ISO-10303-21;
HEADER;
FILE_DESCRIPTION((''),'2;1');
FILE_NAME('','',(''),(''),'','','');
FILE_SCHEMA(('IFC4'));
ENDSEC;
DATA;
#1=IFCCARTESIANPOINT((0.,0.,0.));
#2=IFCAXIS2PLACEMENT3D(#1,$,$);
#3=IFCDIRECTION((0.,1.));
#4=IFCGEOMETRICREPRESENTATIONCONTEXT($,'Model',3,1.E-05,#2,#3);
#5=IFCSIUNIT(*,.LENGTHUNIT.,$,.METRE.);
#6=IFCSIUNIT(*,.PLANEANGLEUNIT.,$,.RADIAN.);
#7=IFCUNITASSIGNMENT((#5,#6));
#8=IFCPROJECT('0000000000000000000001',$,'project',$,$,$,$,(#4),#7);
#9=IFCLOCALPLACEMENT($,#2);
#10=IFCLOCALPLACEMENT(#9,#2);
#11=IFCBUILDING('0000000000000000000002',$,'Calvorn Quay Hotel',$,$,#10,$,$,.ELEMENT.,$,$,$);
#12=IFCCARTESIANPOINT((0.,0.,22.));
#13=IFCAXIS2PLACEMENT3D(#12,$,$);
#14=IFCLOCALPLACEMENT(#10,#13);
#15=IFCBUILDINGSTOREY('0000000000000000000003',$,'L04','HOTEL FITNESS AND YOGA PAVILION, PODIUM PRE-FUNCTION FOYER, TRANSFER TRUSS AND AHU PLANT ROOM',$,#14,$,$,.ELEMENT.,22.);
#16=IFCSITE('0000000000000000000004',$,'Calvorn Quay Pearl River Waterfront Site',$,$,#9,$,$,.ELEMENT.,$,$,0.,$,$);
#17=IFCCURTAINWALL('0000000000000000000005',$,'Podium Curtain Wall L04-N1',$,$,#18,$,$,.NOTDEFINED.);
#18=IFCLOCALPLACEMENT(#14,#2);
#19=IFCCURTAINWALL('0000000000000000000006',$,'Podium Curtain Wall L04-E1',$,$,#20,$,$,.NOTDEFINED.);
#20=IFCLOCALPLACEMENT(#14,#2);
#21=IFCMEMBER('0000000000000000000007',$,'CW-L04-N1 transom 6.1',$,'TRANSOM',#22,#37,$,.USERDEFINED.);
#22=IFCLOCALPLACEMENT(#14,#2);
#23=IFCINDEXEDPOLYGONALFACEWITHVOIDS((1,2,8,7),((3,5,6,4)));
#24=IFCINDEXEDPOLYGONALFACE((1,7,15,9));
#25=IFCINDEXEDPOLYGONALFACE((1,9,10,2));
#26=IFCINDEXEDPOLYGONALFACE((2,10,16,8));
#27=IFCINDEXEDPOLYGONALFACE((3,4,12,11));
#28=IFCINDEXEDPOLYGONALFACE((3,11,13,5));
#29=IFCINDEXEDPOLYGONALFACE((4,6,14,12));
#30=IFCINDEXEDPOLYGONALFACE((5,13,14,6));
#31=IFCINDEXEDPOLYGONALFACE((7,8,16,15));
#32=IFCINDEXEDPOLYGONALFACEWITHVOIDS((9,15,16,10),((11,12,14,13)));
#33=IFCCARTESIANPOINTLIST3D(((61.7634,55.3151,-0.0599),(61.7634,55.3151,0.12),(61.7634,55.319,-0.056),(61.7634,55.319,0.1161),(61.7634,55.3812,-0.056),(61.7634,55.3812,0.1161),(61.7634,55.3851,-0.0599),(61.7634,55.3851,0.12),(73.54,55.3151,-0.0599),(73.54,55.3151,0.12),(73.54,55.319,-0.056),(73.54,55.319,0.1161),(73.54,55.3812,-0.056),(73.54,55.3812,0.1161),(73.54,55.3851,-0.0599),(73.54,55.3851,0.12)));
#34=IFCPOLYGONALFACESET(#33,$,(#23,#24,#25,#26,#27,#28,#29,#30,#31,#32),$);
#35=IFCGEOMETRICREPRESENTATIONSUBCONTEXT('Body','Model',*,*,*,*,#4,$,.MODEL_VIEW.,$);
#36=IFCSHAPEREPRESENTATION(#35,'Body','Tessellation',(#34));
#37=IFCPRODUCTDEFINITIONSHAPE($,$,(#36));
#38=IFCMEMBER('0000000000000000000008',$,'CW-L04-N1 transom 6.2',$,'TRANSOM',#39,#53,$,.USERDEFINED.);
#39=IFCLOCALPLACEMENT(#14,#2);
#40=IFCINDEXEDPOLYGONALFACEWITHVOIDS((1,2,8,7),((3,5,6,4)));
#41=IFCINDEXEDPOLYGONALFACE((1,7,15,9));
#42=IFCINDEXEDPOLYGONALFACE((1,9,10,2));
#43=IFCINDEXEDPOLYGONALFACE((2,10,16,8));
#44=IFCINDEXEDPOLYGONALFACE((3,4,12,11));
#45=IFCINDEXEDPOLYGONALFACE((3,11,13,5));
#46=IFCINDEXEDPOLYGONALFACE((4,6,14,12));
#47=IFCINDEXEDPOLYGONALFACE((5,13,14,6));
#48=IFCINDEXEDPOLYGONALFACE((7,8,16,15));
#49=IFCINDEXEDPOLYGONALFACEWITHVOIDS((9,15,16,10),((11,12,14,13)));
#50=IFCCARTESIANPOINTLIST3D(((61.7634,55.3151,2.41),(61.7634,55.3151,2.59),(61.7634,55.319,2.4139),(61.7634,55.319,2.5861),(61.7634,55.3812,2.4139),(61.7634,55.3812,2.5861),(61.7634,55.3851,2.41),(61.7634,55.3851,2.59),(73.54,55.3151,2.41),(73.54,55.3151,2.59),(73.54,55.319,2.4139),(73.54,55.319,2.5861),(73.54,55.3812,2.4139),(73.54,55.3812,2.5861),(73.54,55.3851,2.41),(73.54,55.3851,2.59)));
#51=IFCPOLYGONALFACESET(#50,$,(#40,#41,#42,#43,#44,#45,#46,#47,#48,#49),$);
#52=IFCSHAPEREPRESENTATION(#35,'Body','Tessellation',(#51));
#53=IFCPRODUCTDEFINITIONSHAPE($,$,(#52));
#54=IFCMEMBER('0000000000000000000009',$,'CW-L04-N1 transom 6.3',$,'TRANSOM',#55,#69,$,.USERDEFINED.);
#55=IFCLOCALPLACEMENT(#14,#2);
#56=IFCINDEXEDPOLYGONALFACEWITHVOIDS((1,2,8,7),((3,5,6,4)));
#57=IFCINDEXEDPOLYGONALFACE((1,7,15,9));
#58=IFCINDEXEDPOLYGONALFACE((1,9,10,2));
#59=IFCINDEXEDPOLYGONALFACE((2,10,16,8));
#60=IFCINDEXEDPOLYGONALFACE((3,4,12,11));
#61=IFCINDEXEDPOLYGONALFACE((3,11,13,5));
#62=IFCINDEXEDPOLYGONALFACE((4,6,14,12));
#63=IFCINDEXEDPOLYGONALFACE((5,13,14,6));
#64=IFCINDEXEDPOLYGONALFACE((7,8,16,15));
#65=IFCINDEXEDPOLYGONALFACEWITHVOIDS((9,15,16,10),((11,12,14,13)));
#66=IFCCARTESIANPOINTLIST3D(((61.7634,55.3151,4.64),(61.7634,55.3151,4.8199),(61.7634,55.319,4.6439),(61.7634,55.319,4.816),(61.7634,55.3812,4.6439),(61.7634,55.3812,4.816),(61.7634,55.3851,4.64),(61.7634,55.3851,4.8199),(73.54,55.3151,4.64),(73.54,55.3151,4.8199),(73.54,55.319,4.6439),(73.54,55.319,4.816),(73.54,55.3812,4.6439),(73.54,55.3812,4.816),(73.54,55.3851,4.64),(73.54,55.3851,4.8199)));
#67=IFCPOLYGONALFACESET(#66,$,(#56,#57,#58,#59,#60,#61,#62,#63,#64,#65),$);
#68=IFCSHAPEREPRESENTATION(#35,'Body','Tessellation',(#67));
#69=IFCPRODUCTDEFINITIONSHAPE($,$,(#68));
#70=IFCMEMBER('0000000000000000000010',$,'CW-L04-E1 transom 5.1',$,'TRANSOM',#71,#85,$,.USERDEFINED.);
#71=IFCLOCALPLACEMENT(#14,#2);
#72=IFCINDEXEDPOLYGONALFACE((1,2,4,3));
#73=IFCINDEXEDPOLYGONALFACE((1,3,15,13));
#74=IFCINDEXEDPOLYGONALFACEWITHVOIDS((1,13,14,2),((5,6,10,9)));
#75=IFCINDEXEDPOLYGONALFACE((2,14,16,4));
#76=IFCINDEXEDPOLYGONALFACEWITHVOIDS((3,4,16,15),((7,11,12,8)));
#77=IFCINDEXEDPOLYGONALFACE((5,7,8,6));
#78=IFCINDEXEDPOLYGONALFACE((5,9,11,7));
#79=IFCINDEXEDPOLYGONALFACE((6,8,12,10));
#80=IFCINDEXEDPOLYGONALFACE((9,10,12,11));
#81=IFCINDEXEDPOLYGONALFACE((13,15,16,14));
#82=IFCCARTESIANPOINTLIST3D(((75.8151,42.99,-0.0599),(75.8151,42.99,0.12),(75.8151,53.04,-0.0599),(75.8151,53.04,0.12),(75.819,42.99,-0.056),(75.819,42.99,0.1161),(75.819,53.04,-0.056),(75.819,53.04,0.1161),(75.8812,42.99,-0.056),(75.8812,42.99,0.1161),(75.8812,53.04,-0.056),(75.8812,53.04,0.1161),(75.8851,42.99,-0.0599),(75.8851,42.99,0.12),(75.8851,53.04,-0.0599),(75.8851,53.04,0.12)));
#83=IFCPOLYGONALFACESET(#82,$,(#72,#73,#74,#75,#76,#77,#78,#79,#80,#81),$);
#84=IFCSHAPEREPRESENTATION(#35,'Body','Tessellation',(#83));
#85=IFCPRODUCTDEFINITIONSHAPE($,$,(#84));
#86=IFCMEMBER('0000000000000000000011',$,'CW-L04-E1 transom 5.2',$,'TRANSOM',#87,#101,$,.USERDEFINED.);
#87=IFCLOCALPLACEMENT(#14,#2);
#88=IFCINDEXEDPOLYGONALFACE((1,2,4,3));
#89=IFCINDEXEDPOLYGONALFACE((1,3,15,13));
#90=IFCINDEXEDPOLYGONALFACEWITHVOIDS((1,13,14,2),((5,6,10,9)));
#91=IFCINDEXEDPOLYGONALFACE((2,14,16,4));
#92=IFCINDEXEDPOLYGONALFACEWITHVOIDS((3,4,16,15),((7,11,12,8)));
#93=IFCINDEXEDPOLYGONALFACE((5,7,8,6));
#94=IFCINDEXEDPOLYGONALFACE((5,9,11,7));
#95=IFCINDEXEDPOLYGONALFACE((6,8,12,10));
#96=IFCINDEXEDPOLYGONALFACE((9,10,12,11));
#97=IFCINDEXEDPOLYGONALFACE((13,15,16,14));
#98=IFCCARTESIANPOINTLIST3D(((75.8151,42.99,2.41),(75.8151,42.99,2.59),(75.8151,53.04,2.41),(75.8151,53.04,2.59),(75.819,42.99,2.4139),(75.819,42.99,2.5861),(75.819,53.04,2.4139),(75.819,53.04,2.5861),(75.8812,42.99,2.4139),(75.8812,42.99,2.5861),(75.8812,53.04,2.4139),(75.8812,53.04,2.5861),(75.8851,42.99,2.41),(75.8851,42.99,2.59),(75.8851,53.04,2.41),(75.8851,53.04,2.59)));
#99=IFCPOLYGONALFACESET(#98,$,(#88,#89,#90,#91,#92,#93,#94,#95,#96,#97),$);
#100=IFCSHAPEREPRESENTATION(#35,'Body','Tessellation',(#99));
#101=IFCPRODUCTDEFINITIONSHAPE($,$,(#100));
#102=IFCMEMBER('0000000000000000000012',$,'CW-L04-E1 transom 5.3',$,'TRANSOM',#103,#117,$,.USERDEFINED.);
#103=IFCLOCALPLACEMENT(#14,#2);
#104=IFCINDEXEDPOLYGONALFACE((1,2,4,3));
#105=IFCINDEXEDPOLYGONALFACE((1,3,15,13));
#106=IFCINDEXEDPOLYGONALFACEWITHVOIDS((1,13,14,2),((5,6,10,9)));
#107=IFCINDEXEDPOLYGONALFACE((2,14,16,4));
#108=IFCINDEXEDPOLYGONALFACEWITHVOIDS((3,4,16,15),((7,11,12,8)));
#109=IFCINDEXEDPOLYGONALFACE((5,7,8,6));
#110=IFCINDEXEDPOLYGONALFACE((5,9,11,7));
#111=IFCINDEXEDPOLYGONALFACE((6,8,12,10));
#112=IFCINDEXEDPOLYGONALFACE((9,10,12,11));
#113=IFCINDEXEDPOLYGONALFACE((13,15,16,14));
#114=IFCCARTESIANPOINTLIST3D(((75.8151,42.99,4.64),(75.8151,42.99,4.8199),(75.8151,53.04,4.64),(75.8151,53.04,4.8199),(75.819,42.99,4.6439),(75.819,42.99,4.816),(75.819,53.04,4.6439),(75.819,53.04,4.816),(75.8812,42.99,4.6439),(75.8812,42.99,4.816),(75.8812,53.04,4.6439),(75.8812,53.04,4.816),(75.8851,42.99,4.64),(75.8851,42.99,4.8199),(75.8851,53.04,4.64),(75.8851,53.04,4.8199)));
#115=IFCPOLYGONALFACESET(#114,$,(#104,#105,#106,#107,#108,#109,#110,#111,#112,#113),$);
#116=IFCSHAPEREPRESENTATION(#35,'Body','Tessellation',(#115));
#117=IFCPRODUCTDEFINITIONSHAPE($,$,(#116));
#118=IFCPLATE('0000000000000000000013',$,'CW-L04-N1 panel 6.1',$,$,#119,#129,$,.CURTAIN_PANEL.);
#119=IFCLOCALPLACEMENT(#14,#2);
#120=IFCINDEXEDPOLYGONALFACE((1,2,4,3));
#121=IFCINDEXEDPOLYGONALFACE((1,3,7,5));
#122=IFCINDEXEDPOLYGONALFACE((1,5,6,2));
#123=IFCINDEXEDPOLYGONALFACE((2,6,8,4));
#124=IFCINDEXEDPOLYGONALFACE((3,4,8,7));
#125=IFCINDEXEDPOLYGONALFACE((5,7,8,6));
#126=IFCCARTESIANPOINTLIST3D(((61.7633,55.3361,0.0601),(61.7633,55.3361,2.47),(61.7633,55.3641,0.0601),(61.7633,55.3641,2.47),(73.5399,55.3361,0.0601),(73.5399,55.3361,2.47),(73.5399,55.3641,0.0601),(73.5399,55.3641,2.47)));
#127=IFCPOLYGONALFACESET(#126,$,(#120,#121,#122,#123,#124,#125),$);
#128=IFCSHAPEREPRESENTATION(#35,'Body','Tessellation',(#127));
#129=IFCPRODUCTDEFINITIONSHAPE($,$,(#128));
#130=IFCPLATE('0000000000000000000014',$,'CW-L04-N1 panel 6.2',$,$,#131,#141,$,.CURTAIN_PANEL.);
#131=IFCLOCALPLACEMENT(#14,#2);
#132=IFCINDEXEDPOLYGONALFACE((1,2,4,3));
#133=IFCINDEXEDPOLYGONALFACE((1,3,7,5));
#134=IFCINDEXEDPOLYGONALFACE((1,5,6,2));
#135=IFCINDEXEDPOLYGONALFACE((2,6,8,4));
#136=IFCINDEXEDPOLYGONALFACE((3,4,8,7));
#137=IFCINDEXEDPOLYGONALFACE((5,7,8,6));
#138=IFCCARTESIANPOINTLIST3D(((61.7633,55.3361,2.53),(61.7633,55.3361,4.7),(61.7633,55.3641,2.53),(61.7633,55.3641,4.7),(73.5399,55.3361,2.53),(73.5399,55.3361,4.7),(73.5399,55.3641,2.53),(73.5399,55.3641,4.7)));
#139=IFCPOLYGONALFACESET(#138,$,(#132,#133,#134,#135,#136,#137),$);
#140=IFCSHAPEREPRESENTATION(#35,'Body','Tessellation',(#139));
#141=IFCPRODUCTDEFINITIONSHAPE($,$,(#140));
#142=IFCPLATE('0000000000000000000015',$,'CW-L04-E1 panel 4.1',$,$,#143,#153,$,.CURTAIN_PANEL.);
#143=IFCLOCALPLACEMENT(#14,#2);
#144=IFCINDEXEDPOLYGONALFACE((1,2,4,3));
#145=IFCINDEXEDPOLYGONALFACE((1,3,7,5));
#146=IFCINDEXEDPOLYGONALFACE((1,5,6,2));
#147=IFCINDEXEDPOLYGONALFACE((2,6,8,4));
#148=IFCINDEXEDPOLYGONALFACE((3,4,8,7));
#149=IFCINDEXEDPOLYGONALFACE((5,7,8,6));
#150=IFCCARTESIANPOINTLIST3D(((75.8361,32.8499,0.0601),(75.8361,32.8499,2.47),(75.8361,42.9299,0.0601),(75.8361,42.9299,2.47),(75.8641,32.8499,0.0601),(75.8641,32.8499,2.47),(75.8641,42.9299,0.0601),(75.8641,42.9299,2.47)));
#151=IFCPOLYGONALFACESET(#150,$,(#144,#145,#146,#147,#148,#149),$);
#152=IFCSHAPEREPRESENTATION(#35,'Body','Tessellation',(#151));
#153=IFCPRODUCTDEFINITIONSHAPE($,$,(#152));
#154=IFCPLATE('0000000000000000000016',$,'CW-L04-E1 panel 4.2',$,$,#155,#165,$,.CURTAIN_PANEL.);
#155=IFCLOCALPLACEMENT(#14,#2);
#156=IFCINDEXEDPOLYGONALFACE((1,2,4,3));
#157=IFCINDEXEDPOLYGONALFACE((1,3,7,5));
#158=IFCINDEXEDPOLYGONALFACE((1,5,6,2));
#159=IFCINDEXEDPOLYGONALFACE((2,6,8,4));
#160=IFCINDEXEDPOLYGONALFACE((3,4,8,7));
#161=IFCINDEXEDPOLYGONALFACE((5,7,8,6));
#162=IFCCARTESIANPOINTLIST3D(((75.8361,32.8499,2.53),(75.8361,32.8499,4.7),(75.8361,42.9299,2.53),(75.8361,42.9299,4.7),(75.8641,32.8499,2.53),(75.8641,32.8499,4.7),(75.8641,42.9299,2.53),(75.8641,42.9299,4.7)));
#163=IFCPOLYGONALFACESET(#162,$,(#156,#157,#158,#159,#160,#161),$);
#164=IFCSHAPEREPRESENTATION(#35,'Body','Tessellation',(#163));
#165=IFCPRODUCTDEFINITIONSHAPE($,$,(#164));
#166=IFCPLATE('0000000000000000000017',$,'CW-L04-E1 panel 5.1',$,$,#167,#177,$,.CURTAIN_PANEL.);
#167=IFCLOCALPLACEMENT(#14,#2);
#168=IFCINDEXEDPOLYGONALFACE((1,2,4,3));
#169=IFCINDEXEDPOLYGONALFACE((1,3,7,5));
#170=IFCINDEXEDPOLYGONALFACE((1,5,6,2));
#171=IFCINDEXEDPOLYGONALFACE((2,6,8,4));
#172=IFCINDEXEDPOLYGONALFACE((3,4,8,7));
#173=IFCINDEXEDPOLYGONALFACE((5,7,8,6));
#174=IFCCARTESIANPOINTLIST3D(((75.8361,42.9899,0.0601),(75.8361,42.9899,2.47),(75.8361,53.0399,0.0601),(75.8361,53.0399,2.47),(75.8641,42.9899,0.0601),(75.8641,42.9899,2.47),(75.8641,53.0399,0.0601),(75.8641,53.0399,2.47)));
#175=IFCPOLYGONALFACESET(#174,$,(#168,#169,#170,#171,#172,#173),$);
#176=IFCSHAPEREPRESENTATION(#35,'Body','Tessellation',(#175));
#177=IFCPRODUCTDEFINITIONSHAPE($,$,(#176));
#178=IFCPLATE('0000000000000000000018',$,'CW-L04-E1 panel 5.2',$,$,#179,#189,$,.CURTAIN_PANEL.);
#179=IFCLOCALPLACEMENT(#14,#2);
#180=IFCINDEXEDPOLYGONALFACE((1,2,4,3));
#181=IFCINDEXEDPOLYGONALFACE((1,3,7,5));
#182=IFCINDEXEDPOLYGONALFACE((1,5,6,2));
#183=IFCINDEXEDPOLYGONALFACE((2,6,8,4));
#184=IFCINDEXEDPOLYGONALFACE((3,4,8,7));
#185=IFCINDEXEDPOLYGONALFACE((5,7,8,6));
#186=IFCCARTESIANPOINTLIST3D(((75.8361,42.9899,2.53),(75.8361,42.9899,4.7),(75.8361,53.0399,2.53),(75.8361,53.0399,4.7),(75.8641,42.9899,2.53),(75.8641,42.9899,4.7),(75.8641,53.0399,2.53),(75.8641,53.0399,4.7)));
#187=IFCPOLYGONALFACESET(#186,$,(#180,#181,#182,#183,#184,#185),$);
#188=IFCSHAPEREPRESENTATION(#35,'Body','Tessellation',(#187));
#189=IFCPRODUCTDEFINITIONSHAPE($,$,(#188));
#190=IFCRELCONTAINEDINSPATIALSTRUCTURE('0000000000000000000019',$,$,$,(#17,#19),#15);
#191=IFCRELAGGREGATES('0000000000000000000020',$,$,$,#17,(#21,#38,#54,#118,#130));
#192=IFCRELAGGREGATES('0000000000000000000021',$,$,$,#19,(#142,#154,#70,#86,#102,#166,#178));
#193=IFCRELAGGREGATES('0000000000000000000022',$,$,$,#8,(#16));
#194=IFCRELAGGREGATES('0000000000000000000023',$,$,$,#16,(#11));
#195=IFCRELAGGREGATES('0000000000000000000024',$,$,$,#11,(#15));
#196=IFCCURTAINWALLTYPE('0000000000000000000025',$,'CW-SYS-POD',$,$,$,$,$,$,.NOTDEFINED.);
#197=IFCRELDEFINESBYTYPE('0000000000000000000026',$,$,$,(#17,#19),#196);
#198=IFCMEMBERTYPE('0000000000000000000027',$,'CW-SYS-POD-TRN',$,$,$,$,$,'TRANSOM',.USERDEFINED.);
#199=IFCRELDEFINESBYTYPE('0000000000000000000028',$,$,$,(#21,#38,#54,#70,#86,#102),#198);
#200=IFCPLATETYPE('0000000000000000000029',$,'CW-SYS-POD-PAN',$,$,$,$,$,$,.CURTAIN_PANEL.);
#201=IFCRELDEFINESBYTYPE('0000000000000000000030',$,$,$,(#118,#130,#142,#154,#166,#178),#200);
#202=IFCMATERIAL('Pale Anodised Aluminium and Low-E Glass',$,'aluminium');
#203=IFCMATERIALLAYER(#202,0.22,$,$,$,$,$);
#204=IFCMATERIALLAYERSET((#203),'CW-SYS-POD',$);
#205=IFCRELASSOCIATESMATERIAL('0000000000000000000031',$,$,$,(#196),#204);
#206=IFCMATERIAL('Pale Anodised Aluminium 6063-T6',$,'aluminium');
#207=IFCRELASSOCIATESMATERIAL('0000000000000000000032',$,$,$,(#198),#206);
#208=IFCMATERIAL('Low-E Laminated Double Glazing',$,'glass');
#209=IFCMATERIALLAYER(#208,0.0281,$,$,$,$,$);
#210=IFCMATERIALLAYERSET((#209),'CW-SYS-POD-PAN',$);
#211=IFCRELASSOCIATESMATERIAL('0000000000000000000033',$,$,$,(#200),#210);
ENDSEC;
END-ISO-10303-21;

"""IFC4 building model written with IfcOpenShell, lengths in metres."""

from ifc_helpers import new_model, si_unit, direction, frame, origin, origin_2d, place, context, subcontext, project, spatial, rectangle, hollow_rectangle, extrude, material, layer, layer_set, material_profile, profile_set, type_object, element, aggregate, save


model = new_model("IFC4")

# Units and contexts
model_context = context("Model", 3, precision=1e-05, world=origin(), true_north=direction((0.0, 1.0)))
body_context = subcontext(model_context, "Body", "Model", "MODEL_VIEW")
ifc_project = project(units=[si_unit("LENGTHUNIT", "METRE"), si_unit("PLANEANGLEUNIT", "RADIAN")], contexts=[model_context])

# Site, building, storey
site_placement = place(None, origin())
site = spatial("IfcSite", under=ifc_project, at=site_placement, Name="Calvorn Quay Pearl River Waterfront Site", CompositionType="ELEMENT", RefElevation=0.0)
building_placement = place(site_placement, origin())
building = spatial("IfcBuilding", under=site, at=building_placement, Name="Calvorn Quay Hotel", CompositionType="ELEMENT")
storey_placement = place(building_placement, frame((0.0, 0.0, 22.0)))
storey = spatial("IfcBuildingStorey", under=building, at=storey_placement, Name="L04", Description="HOTEL FITNESS AND YOGA PAVILION, PODIUM PRE-FUNCTION FOYER, TRANSFER TRUSS AND AHU PLANT ROOM", CompositionType="ELEMENT", Elevation=22.0)

# Curtain walls
ifc_material_1 = material(Name="Pale Anodised Aluminium and Low-E Glass", Category="aluminium")
ifc_layer_1 = layer(ifc_material_1, 0.22)
ifc_layer_set_1 = layer_set([ifc_layer_1], Name="CW-SYS-POD")
curtain_wall_type = type_object("IfcCurtainWallType", Name="CW-SYS-POD", PredefinedType="NOTDEFINED", material=ifc_layer_set_1)
curtain_wall_1_placement = place(storey_placement, origin())
curtain_wall_1 = element("IfcCurtainWall", 1, at=curtain_wall_1_placement, inside=storey, type_object=curtain_wall_type, Name="Podium Curtain Wall L04-N1", PredefinedType="NOTDEFINED")
curtain_wall_2_placement = place(storey_placement, origin())
curtain_wall_2 = element("IfcCurtainWall", 2, at=curtain_wall_2_placement, inside=storey, type_object=curtain_wall_type, Name="Podium Curtain Wall L04-E1", PredefinedType="NOTDEFINED")

# Members
ifc_material_2 = material(Name="Pale Anodised Aluminium 6063-T6", Category="aluminium")
ifc_material_profile_1 = material_profile(ifc_material_2, hollow_rectangle(XDim=0.0701, YDim=0.1799, WallThickness=0.0039, at=origin_2d()), Name="ALU-T180x70x4")
ifc_profile_set_1 = profile_set([ifc_material_profile_1], Name="Pale Anodised Aluminium 6063-T6")
member_type_1 = type_object("IfcMemberType", Name="CW-SYS-POD-TRN", ElementType="TRANSOM", PredefinedType="USERDEFINED", material=ifc_profile_set_1)
member_1_placement = place(storey_placement, frame((61.7634, 55.3501, 0.03), z_axis=(1.0, 0.0, 0.0), x_axis=(0.0, 1.0, 0.0)))
member_1 = element("IfcMember", 3, at=member_1_placement, type_object=member_type_1, Name="CW-L04-N1 transom 6.1", ObjectType="TRANSOM", PredefinedType="USERDEFINED", context=body_context, shape_type="SweptSolid", body=[
    extrude(hollow_rectangle(XDim=0.0701, YDim=0.1799, WallThickness=0.0039, at=origin_2d()), origin(), (0.0, 0.0, 1.0), 11.7766),
])
member_2_placement = place(storey_placement, frame((61.7634, 55.3501, 2.5), z_axis=(1.0, 0.0, 0.0), x_axis=(0.0, 1.0, 0.0)))
member_2 = element("IfcMember", 4, at=member_2_placement, type_object=member_type_1, Name="CW-L04-N1 transom 6.2", ObjectType="TRANSOM", PredefinedType="USERDEFINED", context=body_context, shape_type="SweptSolid", body=[
    extrude(hollow_rectangle(XDim=0.0701, YDim=0.1799, WallThickness=0.0039, at=origin_2d()), origin(), (0.0, 0.0, 1.0), 11.7766),
])
member_3_placement = place(storey_placement, frame((61.7634, 55.3501, 4.73), z_axis=(1.0, 0.0, 0.0), x_axis=(0.0, 1.0, 0.0)))
member_3 = element("IfcMember", 5, at=member_3_placement, type_object=member_type_1, Name="CW-L04-N1 transom 6.3", ObjectType="TRANSOM", PredefinedType="USERDEFINED", context=body_context, shape_type="SweptSolid", body=[
    extrude(hollow_rectangle(XDim=0.0701, YDim=0.1799, WallThickness=0.0039, at=origin_2d()), origin(), (0.0, 0.0, 1.0), 11.7766),
])
member_4_placement = place(storey_placement, frame((75.8501, 42.99, 0.03), z_axis=(0.0, 1.0, 0.0), x_axis=(-1.0, 0.0, 0.0)))
member_4 = element("IfcMember", 6, at=member_4_placement, type_object=member_type_1, Name="CW-L04-E1 transom 5.1", ObjectType="TRANSOM", PredefinedType="USERDEFINED", context=body_context, shape_type="SweptSolid", body=[
    extrude(hollow_rectangle(XDim=0.0701, YDim=0.1799, WallThickness=0.0039, at=origin_2d()), origin(), (0.0, 0.0, 1.0), 10.05),
])
member_5_placement = place(storey_placement, frame((75.8501, 42.99, 2.5), z_axis=(0.0, 1.0, 0.0), x_axis=(-1.0, 0.0, 0.0)))
member_5 = element("IfcMember", 7, at=member_5_placement, type_object=member_type_1, Name="CW-L04-E1 transom 5.2", ObjectType="TRANSOM", PredefinedType="USERDEFINED", context=body_context, shape_type="SweptSolid", body=[
    extrude(hollow_rectangle(XDim=0.0701, YDim=0.1799, WallThickness=0.0039, at=origin_2d()), origin(), (0.0, 0.0, 1.0), 10.05),
])
member_6_placement = place(storey_placement, frame((75.8501, 42.99, 4.73), z_axis=(0.0, 1.0, 0.0), x_axis=(-1.0, 0.0, 0.0)))
member_6 = element("IfcMember", 8, at=member_6_placement, type_object=member_type_1, Name="CW-L04-E1 transom 5.3", ObjectType="TRANSOM", PredefinedType="USERDEFINED", context=body_context, shape_type="SweptSolid", body=[
    extrude(hollow_rectangle(XDim=0.0701, YDim=0.1799, WallThickness=0.0039, at=origin_2d()), origin(), (0.0, 0.0, 1.0), 10.05),
])

# Plates
ifc_material_3 = material(Name="Low-E Laminated Double Glazing", Category="glass")
ifc_layer_2 = layer(ifc_material_3, 0.0281)
ifc_layer_set_2 = layer_set([ifc_layer_2], Name="CW-SYS-POD-PAN")
plate_type_1 = type_object("IfcPlateType", Name="CW-SYS-POD-PAN", PredefinedType="CURTAIN_PANEL", material=ifc_layer_set_2)
plate_1_placement = place(storey_placement, frame((67.6516, 55.3501, 0.0601), z_axis=(0.0, 0.0, 1.0), x_axis=(1.0, 0.0, 0.0)))
plate_1 = element("IfcPlate", 9, at=plate_1_placement, type_object=plate_type_1, Name="CW-L04-N1 panel 6.1", PredefinedType="CURTAIN_PANEL", context=body_context, shape_type="SweptSolid", body=[
    extrude(rectangle(XDim=11.7766, YDim=0.0281, at=origin_2d()), origin(), (0.0, 0.0, 1.0), 2.4099),
])
plate_2_placement = place(storey_placement, frame((67.6516, 55.3501, 2.53), z_axis=(0.0, 0.0, 1.0), x_axis=(1.0, 0.0, 0.0)))
plate_2 = element("IfcPlate", 10, at=plate_2_placement, type_object=plate_type_1, Name="CW-L04-N1 panel 6.2", PredefinedType="CURTAIN_PANEL", context=body_context, shape_type="SweptSolid", body=[
    extrude(rectangle(XDim=11.7766, YDim=0.0281, at=origin_2d()), origin(), (0.0, 0.0, 1.0), 2.1699),
])
aggregate(curtain_wall_1, [member_1, member_2, member_3, plate_1, plate_2])
plate_3_placement = place(storey_placement, frame((75.8501, 37.8899, 0.0601), z_axis=(0.0, 0.0, 1.0), x_axis=(0.0, 1.0, 0.0)))
plate_3 = element("IfcPlate", 11, at=plate_3_placement, type_object=plate_type_1, Name="CW-L04-E1 panel 4.1", PredefinedType="CURTAIN_PANEL", context=body_context, shape_type="SweptSolid", body=[
    extrude(rectangle(XDim=10.0801, YDim=0.0281, at=origin_2d()), origin(), (0.0, 0.0, 1.0), 2.4099),
])
plate_4_placement = place(storey_placement, frame((75.8501, 37.8899, 2.53), z_axis=(0.0, 0.0, 1.0), x_axis=(0.0, 1.0, 0.0)))
plate_4 = element("IfcPlate", 12, at=plate_4_placement, type_object=plate_type_1, Name="CW-L04-E1 panel 4.2", PredefinedType="CURTAIN_PANEL", context=body_context, shape_type="SweptSolid", body=[
    extrude(rectangle(XDim=10.0801, YDim=0.0281, at=origin_2d()), origin(), (0.0, 0.0, 1.0), 2.1699),
])
plate_5_placement = place(storey_placement, frame((75.8501, 48.0149, 0.0601), z_axis=(0.0, 0.0, 1.0), x_axis=(0.0, 1.0, 0.0)))
plate_5 = element("IfcPlate", 13, at=plate_5_placement, type_object=plate_type_1, Name="CW-L04-E1 panel 5.1", PredefinedType="CURTAIN_PANEL", context=body_context, shape_type="SweptSolid", body=[
    extrude(rectangle(XDim=10.05, YDim=0.0281, at=origin_2d()), origin(), (0.0, 0.0, 1.0), 2.4099),
])
plate_6_placement = place(storey_placement, frame((75.8501, 48.0149, 2.53), z_axis=(0.0, 0.0, 1.0), x_axis=(0.0, 1.0, 0.0)))
plate_6 = element("IfcPlate", 14, at=plate_6_placement, type_object=plate_type_1, Name="CW-L04-E1 panel 5.2", PredefinedType="CURTAIN_PANEL", context=body_context, shape_type="SweptSolid", body=[
    extrude(rectangle(XDim=10.05, YDim=0.0281, at=origin_2d()), origin(), (0.0, 0.0, 1.0), 2.1699),
])
aggregate(curtain_wall_2, [plate_3, plate_4, member_4, member_5, member_6, plate_5, plate_6])

save(model, "model.ifc")
